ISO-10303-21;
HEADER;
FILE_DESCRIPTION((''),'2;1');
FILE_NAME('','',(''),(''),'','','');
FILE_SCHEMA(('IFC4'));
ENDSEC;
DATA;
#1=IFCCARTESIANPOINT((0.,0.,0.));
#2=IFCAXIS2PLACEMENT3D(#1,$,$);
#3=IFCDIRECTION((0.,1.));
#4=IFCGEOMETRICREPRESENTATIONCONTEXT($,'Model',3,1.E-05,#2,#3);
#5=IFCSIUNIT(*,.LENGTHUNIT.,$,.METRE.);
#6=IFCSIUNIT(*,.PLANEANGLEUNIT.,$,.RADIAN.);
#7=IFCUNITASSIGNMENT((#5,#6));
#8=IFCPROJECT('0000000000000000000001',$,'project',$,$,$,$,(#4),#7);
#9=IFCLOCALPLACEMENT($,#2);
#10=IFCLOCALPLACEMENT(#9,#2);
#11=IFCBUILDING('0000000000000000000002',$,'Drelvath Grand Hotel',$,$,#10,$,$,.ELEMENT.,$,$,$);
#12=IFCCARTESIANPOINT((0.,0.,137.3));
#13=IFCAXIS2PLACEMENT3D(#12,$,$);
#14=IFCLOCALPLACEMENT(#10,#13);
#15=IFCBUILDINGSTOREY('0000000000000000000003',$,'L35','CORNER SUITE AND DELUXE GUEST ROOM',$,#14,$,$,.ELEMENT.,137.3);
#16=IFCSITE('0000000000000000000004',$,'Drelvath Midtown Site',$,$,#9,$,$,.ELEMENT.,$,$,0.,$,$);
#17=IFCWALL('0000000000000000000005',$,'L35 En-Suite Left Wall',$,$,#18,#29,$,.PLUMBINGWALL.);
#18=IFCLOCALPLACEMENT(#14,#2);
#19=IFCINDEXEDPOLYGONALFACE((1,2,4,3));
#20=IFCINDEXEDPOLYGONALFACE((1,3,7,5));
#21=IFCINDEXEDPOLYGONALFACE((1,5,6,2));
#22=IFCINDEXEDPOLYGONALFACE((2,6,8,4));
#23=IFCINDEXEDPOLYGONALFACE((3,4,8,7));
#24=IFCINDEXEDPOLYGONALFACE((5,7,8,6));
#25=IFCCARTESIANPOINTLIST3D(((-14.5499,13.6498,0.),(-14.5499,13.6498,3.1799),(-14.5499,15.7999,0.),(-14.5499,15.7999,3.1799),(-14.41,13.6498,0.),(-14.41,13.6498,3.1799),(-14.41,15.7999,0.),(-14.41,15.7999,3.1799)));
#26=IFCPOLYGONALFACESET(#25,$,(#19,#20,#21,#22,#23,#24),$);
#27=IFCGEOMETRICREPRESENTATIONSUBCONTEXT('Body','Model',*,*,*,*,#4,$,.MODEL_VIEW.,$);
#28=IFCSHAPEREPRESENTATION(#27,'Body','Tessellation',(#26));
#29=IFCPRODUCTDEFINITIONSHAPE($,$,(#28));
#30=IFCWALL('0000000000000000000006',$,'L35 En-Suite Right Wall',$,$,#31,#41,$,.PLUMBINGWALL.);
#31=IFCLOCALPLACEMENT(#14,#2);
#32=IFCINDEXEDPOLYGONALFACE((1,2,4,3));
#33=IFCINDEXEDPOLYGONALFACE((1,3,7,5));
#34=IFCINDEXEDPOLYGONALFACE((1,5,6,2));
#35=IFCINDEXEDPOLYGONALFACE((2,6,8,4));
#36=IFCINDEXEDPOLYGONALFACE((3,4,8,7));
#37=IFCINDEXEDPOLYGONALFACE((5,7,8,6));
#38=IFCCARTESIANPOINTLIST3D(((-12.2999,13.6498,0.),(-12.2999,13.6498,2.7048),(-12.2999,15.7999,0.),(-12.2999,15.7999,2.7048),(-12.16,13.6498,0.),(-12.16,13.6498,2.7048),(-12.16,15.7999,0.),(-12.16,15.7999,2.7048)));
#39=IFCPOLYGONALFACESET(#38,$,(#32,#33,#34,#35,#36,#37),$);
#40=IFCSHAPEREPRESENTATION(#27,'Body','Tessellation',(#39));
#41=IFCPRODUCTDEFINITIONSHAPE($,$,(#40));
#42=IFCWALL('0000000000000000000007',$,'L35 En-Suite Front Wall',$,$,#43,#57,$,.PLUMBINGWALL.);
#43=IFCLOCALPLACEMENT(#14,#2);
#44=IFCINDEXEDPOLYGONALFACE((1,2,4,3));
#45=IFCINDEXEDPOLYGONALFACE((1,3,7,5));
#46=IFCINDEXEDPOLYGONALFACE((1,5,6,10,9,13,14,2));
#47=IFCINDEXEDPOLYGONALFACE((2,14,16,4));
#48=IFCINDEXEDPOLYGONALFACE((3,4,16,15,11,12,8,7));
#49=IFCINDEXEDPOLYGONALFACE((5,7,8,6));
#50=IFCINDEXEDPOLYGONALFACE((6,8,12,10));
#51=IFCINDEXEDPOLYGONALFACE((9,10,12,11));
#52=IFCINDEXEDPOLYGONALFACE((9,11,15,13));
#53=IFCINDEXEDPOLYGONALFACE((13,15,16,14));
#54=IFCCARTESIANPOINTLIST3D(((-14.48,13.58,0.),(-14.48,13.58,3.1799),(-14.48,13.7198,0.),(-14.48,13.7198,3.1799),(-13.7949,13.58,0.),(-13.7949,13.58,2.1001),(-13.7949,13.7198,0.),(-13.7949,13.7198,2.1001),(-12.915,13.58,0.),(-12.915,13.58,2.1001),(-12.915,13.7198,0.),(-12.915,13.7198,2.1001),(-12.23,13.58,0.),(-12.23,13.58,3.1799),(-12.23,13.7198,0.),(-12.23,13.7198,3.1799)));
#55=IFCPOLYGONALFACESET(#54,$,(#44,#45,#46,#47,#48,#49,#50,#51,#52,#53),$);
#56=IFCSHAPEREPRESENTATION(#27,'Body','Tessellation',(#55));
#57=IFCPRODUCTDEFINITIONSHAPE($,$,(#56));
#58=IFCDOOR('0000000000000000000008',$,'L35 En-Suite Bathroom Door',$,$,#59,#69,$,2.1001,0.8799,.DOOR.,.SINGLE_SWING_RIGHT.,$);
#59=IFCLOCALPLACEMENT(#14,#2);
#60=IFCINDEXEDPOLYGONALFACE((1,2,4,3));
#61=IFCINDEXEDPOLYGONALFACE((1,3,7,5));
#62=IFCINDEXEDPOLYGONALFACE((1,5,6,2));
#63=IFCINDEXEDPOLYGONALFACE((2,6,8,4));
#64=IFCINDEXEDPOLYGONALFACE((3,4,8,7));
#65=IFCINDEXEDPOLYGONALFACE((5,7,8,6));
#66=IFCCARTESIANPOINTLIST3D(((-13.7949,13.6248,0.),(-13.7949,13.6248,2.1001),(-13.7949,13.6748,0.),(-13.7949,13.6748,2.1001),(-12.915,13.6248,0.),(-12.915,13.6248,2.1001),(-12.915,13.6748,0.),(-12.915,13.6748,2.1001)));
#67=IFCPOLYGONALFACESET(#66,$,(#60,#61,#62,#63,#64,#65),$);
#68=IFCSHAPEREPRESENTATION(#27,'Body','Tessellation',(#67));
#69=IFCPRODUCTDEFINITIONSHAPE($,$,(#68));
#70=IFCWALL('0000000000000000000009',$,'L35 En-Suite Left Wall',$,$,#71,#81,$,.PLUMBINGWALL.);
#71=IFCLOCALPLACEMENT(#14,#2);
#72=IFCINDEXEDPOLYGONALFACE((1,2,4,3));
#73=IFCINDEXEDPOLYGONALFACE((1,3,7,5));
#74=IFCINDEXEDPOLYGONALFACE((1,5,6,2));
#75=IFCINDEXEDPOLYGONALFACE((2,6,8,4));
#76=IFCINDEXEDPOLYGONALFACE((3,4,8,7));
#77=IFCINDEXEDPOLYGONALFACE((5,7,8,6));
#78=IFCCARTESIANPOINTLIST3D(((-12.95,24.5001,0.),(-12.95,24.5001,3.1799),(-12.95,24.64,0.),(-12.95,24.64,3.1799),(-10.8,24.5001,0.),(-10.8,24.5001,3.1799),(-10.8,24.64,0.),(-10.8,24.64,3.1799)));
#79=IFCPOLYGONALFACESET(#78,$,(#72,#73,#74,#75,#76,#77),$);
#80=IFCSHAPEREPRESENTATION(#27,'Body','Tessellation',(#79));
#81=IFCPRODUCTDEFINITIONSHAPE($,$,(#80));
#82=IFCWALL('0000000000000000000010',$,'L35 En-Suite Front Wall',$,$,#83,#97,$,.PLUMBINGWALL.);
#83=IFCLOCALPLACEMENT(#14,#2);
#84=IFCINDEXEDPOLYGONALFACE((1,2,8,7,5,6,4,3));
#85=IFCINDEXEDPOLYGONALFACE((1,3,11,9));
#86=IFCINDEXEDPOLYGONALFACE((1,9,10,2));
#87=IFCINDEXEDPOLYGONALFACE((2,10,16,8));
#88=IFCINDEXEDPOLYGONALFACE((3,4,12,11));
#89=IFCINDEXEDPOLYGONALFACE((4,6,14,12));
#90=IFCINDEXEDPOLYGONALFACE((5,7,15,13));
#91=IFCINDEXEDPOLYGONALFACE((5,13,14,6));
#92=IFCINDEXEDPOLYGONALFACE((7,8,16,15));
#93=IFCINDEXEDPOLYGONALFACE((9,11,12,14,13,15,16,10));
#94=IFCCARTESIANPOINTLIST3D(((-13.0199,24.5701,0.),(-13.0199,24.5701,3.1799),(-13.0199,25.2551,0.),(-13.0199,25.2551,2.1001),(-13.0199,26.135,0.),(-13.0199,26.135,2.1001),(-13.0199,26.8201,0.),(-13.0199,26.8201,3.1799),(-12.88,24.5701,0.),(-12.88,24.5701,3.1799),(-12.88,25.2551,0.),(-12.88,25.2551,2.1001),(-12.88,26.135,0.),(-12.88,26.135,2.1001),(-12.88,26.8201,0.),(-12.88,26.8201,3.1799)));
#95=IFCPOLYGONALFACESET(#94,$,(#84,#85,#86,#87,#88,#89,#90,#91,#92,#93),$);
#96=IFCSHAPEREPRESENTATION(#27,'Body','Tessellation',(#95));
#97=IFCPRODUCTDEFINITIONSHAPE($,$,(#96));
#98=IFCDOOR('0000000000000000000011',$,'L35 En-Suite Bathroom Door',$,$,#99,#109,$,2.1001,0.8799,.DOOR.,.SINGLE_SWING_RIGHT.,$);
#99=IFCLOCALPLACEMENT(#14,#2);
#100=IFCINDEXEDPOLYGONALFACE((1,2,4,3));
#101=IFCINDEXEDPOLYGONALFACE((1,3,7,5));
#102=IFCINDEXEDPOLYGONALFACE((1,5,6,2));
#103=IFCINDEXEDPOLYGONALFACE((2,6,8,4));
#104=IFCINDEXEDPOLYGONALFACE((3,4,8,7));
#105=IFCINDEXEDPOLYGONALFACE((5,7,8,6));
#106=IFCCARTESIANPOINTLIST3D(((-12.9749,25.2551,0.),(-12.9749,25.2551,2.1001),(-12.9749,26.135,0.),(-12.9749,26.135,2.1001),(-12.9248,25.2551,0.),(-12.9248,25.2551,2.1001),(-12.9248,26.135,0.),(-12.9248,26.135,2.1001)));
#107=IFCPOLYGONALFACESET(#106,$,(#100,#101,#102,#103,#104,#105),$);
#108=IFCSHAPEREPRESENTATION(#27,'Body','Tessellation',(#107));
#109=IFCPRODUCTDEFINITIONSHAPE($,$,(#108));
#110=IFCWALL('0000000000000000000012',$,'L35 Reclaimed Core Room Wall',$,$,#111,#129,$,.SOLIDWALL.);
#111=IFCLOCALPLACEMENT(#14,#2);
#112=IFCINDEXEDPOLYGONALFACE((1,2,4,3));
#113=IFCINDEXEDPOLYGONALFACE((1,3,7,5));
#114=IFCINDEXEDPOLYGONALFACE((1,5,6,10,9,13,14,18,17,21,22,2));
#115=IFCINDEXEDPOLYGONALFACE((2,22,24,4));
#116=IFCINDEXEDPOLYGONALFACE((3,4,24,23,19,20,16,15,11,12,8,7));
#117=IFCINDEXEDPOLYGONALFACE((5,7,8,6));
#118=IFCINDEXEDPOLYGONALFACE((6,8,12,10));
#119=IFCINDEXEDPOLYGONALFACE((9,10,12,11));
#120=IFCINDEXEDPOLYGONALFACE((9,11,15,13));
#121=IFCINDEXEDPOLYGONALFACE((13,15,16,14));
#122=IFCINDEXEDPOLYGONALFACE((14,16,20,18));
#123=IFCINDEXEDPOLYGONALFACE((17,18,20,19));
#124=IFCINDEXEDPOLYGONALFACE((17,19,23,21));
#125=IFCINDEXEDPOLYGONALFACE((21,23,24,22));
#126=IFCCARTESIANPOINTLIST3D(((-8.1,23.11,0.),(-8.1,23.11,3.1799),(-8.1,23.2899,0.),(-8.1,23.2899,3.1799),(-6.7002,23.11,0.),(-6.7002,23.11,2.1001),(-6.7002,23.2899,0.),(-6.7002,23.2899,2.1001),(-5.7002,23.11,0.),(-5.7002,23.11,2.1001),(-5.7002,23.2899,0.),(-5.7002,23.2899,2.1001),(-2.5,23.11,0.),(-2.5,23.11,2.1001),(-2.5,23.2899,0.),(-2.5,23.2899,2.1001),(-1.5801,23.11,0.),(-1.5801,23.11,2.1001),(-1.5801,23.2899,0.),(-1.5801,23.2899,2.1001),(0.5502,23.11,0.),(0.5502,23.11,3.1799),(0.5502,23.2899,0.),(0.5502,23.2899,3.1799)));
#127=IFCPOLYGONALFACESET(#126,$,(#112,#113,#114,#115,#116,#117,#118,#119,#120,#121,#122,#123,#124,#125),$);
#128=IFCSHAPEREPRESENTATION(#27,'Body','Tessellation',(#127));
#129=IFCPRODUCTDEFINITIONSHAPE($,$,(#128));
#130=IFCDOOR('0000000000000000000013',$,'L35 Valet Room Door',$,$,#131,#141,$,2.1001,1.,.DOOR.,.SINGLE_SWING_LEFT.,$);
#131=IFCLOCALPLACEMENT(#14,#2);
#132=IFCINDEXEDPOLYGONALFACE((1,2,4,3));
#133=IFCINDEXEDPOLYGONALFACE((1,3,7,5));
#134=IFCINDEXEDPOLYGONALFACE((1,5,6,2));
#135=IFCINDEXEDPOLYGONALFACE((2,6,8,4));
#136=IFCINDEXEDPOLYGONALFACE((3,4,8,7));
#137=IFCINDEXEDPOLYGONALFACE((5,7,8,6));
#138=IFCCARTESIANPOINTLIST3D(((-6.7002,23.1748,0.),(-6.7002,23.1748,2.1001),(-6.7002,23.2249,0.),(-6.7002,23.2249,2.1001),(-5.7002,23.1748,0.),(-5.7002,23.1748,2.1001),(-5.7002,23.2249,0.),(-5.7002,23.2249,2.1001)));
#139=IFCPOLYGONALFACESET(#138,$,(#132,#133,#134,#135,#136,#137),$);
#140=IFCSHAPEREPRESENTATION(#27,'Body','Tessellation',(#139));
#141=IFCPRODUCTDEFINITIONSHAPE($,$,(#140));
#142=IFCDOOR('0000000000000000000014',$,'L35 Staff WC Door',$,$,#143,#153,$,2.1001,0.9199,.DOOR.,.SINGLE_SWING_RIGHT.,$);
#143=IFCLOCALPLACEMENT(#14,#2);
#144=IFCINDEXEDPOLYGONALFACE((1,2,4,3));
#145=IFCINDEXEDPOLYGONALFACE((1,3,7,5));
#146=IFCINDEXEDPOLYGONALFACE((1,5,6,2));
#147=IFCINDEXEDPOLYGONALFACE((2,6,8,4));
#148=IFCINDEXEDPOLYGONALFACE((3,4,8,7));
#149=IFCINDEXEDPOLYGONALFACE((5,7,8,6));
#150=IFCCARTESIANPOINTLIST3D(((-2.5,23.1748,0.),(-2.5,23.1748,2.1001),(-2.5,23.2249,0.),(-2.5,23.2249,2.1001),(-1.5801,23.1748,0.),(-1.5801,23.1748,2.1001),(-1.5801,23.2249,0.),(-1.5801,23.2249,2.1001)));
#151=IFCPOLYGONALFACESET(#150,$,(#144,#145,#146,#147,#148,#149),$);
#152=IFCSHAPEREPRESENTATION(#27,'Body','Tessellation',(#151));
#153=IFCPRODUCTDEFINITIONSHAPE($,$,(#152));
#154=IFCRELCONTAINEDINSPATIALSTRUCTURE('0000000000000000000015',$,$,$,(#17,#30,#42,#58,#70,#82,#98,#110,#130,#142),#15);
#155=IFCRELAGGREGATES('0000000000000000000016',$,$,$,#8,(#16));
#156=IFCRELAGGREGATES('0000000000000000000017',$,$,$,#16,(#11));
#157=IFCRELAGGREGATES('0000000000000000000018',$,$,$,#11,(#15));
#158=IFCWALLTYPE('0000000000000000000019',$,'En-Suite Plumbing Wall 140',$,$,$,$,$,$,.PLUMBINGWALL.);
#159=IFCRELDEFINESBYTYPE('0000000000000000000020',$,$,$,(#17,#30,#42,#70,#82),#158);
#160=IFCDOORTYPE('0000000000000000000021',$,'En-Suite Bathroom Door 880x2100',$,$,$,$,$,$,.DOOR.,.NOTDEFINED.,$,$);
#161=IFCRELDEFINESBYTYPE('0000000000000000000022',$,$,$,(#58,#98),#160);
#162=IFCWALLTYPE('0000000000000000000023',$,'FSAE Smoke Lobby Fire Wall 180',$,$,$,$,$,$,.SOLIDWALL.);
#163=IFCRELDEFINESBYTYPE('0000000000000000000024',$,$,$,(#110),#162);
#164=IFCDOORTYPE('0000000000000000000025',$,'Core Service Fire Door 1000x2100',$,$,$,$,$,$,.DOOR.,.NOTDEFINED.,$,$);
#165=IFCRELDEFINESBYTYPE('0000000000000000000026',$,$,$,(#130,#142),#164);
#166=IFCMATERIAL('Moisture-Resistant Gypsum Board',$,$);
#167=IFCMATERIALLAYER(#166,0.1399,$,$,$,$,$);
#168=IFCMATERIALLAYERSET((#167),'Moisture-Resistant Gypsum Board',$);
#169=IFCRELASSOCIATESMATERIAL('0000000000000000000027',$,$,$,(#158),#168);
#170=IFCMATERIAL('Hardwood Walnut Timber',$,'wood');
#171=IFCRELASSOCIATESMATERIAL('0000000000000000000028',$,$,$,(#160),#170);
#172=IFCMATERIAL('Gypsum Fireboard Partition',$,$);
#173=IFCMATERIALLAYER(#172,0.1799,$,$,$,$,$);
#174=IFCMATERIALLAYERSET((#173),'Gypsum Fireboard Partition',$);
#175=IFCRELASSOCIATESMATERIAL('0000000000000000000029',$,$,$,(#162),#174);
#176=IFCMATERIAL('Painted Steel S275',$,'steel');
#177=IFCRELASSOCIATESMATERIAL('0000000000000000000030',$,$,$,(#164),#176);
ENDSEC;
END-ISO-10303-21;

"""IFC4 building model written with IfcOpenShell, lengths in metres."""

from ifc_helpers import new_model, si_unit, direction, frame, frame_2d, origin, place, context, subcontext, project, spatial, rectangle, extrude, material, layer, layer_set, type_object, element, fill, save


model = new_model("IFC4")

# Units and contexts
model_context = context("Model", 3, precision=1e-05, world=origin(), true_north=direction((0.0, 1.0)))
body_context = subcontext(model_context, "Body", "Model", "MODEL_VIEW")
ifc_project = project(units=[si_unit("LENGTHUNIT", "METRE"), si_unit("PLANEANGLEUNIT", "RADIAN")], contexts=[model_context])

# Site, building, storey
site_placement = place(None, origin())
site = spatial("IfcSite", under=ifc_project, at=site_placement, Name="Drelvath Midtown Site", CompositionType="ELEMENT", RefElevation=0.0)
building_placement = place(site_placement, origin())
building = spatial("IfcBuilding", under=site, at=building_placement, Name="Drelvath Grand Hotel", CompositionType="ELEMENT")
storey_placement = place(building_placement, frame((0.0, 0.0, 137.3)))
storey = spatial("IfcBuildingStorey", under=building, at=storey_placement, Name="L35", Description="CORNER SUITE AND DELUXE GUEST ROOM", CompositionType="ELEMENT", Elevation=137.3)

# Shared definitions
ifc_material_1 = material(Name="Painted Steel S275", Category="steel")
ifc_material_2 = material(Name="Gypsum Fireboard Partition")

# Shared definitions
ifc_material_3 = material(Name="Hardwood Walnut Timber", Category="wood")

# Shared definitions
ifc_material_4 = material(Name="Moisture-Resistant Gypsum Board")
ifc_layer_1 = layer(ifc_material_4, 0.1399)
ifc_layer_set_1 = layer_set([ifc_layer_1], Name="Moisture-Resistant Gypsum Board")
wall_type_1 = type_object("IfcWallType", Name="En-Suite Plumbing Wall 140", PredefinedType="PLUMBINGWALL", material=ifc_layer_set_1)

# Walls
wall_1_placement = place(storey_placement, frame((-14.48, 15.8, 0.0), z_axis=(0.0, 0.0, 1.0), x_axis=(0.0, -1.0, 0.0)))
element("IfcWall", 1, at=wall_1_placement, inside=storey, type_object=wall_type_1, Name="L35 En-Suite Left Wall", PredefinedType="PLUMBINGWALL", context=body_context, shape_type="SweptSolid", body=[
    extrude(rectangle(XDim=2.1501, YDim=0.1399, at=frame_2d((1.0752, 0.0))), origin(), (0.0, 0.0, 1.0), 3.1799),
])
wall_2_placement = place(storey_placement, frame((-12.23, 15.8, 0.0), z_axis=(0.0, 0.0, 1.0), x_axis=(0.0, -1.0, 0.0)))
element("IfcWall", 2, at=wall_2_placement, inside=storey, type_object=wall_type_1, Name="L35 En-Suite Right Wall", PredefinedType="PLUMBINGWALL", context=body_context, shape_type="SweptSolid", body=[
    extrude(rectangle(XDim=2.1501, YDim=0.1399, at=frame_2d((1.0752, 0.0))), origin(), (0.0, 0.0, 1.0), 2.7048),
])

# Wall, opening, door
wall_3_placement = place(storey_placement, frame((-14.48, 13.6499, 0.0), z_axis=(0.0, 0.0, 1.0), x_axis=(1.0, 0.0, 0.0)))
wall_3 = element("IfcWall", 3, at=wall_3_placement, inside=storey, type_object=wall_type_1, Name="L35 En-Suite Front Wall", PredefinedType="PLUMBINGWALL", context=body_context, shape_type="SweptSolid", body=[
    extrude(rectangle(XDim=2.25, YDim=0.1399, at=frame_2d((1.125, 0.0))), origin(), (0.0, 0.0, 1.0), 3.1799),
])
opening_1_placement = place(wall_3_placement, frame((0.6851, 0.0, 0.0)))
opening_1 = element("IfcOpeningElement", 4, at=opening_1_placement, cuts=wall_3, PredefinedType="OPENING", context=body_context, shape_type="SweptSolid", body=[
    extrude(rectangle(XDim=0.8799, YDim=2.1001, at=frame_2d((0.4399, 1.05))), frame((0.0, 0.0798, 0.0), z_axis=(0.0, -1.0, 0.0), x_axis=(1.0, 0.0, 0.0)), (0.0, 0.0, 1.0), 0.1599),
])
door_type_1 = type_object("IfcDoorType", Name="En-Suite Bathroom Door 880x2100", OperationType="NOTDEFINED", PredefinedType="DOOR", material=ifc_material_3)
door_1_placement = place(opening_1_placement, origin())
door_1 = element("IfcDoor", 5, at=door_1_placement, inside=storey, type_object=door_type_1, Name="L35 En-Suite Bathroom Door", OperationType="SINGLE_SWING_RIGHT", OverallHeight=2.1001, OverallWidth=0.8799, PredefinedType="DOOR", context=body_context, shape_type="SweptSolid", body=[
    extrude(rectangle(XDim=0.8799, YDim=2.1001, at=frame_2d((0.4399, 1.05))), frame((0.0, 0.0249, 0.0), z_axis=(0.0, -1.0, 0.0), x_axis=(1.0, 0.0, 0.0)), (0.0, 0.0, 1.0), 0.05),
])
fill(opening_1, door_1)

# Wall
wall_4_placement = place(storey_placement, frame((-10.8, 24.5701, 0.0), z_axis=(0.0, 0.0, 1.0), x_axis=(-1.0, 0.0, 0.0)))
element("IfcWall", 6, at=wall_4_placement, inside=storey, type_object=wall_type_1, Name="L35 En-Suite Left Wall", PredefinedType="PLUMBINGWALL", context=body_context, shape_type="SweptSolid", body=[
    extrude(rectangle(XDim=2.1499, YDim=0.1399, at=frame_2d((1.075, 0.0))), origin(), (0.0, 0.0, 1.0), 3.1799),
])

# Wall, opening, door
wall_5_placement = place(storey_placement, frame((-12.95, 24.5701, 0.0), z_axis=(0.0, 0.0, 1.0), x_axis=(0.0, 1.0, 0.0)))
wall_5 = element("IfcWall", 7, at=wall_5_placement, inside=storey, type_object=wall_type_1, Name="L35 En-Suite Front Wall", PredefinedType="PLUMBINGWALL", context=body_context, shape_type="SweptSolid", body=[
    extrude(rectangle(XDim=2.25, YDim=0.1399, at=frame_2d((1.125, 0.0))), origin(), (0.0, 0.0, 1.0), 3.1799),
])
opening_2_placement = place(wall_5_placement, frame((0.6851, 0.0, 0.0)))
opening_2 = element("IfcOpeningElement", 8, at=opening_2_placement, cuts=wall_5, PredefinedType="OPENING", context=body_context, shape_type="SweptSolid", body=[
    extrude(rectangle(XDim=0.8799, YDim=2.1001, at=frame_2d((0.4399, 1.05))), frame((0.0, 0.0798, 0.0), z_axis=(0.0, -1.0, 0.0), x_axis=(1.0, 0.0, 0.0)), (0.0, 0.0, 1.0), 0.1599),
])
door_2_placement = place(opening_2_placement, origin())
door_2 = element("IfcDoor", 9, at=door_2_placement, inside=storey, type_object=door_type_1, Name="L35 En-Suite Bathroom Door", OperationType="SINGLE_SWING_RIGHT", OverallHeight=2.1001, OverallWidth=0.8799, PredefinedType="DOOR", context=body_context, shape_type="SweptSolid", body=[
    extrude(rectangle(XDim=0.8799, YDim=2.1001, at=frame_2d((0.4399, 1.05))), frame((0.0, 0.0249, 0.0), z_axis=(0.0, -1.0, 0.0), x_axis=(1.0, 0.0, 0.0)), (0.0, 0.0, 1.0), 0.05),
])
fill(opening_2, door_2)

# Wall, openings, doors
ifc_layer_2 = layer(ifc_material_2, 0.1799)
ifc_layer_set_2 = layer_set([ifc_layer_2], Name="Gypsum Fireboard Partition")
wall_type_2 = type_object("IfcWallType", Name="FSAE Smoke Lobby Fire Wall 180", PredefinedType="SOLIDWALL", material=ifc_layer_set_2)
wall_6_placement = place(storey_placement, frame((-8.1001, 23.2, 0.0), z_axis=(0.0, 0.0, 1.0), x_axis=(1.0, 0.0, 0.0)))
wall_6 = element("IfcWall", 10, at=wall_6_placement, inside=storey, type_object=wall_type_2, Name="L35 Reclaimed Core Room Wall", PredefinedType="SOLIDWALL", context=body_context, shape_type="SweptSolid", body=[
    extrude(rectangle(XDim=8.6501, YDim=0.1799, at=frame_2d((4.3252, 0.0))), origin(), (0.0, 0.0, 1.0), 3.1799),
])
opening_3_placement = place(wall_6_placement, frame((1.3999, 0.0, 0.0)))
opening_3 = element("IfcOpeningElement", 11, at=opening_3_placement, cuts=wall_6, PredefinedType="OPENING", context=body_context, shape_type="SweptSolid", body=[
    extrude(rectangle(XDim=1.0, YDim=2.1001, at=frame_2d((0.5, 1.05))), frame((0.0, 0.0999, 0.0), z_axis=(0.0, -1.0, 0.0), x_axis=(1.0, 0.0, 0.0)), (0.0, 0.0, 1.0), 0.2),
])
opening_4_placement = place(wall_6_placement, frame((5.6001, 0.0, 0.0)))
opening_4 = element("IfcOpeningElement", 12, at=opening_4_placement, cuts=wall_6, PredefinedType="OPENING", context=body_context, shape_type="SweptSolid", body=[
    extrude(rectangle(XDim=0.9199, YDim=2.1001, at=frame_2d((0.46, 1.05))), frame((0.0, 0.0999, 0.0), z_axis=(0.0, -1.0, 0.0), x_axis=(1.0, 0.0, 0.0)), (0.0, 0.0, 1.0), 0.2),
])
door_type_2 = type_object("IfcDoorType", Name="Core Service Fire Door 1000x2100", OperationType="NOTDEFINED", PredefinedType="DOOR", material=ifc_material_1)
door_3_placement = place(opening_3_placement, origin())
door_3 = element("IfcDoor", 13, at=door_3_placement, inside=storey, type_object=door_type_2, Name="L35 Valet Room Door", OperationType="SINGLE_SWING_LEFT", OverallHeight=2.1001, OverallWidth=1.0, PredefinedType="DOOR", context=body_context, shape_type="SweptSolid", body=[
    extrude(rectangle(XDim=1.0, YDim=2.1001, at=frame_2d((0.5, 1.05))), frame((0.0, 0.0249, 0.0), z_axis=(0.0, -1.0, 0.0), x_axis=(1.0, 0.0, 0.0)), (0.0, 0.0, 1.0), 0.05),
])
fill(opening_3, door_3)
door_4_placement = place(opening_4_placement, origin())
door_4 = element("IfcDoor", 14, at=door_4_placement, inside=storey, type_object=door_type_2, Name="L35 Staff WC Door", OperationType="SINGLE_SWING_RIGHT", OverallHeight=2.1001, OverallWidth=0.9199, PredefinedType="DOOR", context=body_context, shape_type="SweptSolid", body=[
    extrude(rectangle(XDim=0.9199, YDim=2.1001, at=frame_2d((0.46, 1.05))), frame((0.0, 0.0249, 0.0), z_axis=(0.0, -1.0, 0.0), x_axis=(1.0, 0.0, 0.0)), (0.0, 0.0, 1.0), 0.05),
])
fill(opening_4, door_4)

save(model, "model.ifc")
